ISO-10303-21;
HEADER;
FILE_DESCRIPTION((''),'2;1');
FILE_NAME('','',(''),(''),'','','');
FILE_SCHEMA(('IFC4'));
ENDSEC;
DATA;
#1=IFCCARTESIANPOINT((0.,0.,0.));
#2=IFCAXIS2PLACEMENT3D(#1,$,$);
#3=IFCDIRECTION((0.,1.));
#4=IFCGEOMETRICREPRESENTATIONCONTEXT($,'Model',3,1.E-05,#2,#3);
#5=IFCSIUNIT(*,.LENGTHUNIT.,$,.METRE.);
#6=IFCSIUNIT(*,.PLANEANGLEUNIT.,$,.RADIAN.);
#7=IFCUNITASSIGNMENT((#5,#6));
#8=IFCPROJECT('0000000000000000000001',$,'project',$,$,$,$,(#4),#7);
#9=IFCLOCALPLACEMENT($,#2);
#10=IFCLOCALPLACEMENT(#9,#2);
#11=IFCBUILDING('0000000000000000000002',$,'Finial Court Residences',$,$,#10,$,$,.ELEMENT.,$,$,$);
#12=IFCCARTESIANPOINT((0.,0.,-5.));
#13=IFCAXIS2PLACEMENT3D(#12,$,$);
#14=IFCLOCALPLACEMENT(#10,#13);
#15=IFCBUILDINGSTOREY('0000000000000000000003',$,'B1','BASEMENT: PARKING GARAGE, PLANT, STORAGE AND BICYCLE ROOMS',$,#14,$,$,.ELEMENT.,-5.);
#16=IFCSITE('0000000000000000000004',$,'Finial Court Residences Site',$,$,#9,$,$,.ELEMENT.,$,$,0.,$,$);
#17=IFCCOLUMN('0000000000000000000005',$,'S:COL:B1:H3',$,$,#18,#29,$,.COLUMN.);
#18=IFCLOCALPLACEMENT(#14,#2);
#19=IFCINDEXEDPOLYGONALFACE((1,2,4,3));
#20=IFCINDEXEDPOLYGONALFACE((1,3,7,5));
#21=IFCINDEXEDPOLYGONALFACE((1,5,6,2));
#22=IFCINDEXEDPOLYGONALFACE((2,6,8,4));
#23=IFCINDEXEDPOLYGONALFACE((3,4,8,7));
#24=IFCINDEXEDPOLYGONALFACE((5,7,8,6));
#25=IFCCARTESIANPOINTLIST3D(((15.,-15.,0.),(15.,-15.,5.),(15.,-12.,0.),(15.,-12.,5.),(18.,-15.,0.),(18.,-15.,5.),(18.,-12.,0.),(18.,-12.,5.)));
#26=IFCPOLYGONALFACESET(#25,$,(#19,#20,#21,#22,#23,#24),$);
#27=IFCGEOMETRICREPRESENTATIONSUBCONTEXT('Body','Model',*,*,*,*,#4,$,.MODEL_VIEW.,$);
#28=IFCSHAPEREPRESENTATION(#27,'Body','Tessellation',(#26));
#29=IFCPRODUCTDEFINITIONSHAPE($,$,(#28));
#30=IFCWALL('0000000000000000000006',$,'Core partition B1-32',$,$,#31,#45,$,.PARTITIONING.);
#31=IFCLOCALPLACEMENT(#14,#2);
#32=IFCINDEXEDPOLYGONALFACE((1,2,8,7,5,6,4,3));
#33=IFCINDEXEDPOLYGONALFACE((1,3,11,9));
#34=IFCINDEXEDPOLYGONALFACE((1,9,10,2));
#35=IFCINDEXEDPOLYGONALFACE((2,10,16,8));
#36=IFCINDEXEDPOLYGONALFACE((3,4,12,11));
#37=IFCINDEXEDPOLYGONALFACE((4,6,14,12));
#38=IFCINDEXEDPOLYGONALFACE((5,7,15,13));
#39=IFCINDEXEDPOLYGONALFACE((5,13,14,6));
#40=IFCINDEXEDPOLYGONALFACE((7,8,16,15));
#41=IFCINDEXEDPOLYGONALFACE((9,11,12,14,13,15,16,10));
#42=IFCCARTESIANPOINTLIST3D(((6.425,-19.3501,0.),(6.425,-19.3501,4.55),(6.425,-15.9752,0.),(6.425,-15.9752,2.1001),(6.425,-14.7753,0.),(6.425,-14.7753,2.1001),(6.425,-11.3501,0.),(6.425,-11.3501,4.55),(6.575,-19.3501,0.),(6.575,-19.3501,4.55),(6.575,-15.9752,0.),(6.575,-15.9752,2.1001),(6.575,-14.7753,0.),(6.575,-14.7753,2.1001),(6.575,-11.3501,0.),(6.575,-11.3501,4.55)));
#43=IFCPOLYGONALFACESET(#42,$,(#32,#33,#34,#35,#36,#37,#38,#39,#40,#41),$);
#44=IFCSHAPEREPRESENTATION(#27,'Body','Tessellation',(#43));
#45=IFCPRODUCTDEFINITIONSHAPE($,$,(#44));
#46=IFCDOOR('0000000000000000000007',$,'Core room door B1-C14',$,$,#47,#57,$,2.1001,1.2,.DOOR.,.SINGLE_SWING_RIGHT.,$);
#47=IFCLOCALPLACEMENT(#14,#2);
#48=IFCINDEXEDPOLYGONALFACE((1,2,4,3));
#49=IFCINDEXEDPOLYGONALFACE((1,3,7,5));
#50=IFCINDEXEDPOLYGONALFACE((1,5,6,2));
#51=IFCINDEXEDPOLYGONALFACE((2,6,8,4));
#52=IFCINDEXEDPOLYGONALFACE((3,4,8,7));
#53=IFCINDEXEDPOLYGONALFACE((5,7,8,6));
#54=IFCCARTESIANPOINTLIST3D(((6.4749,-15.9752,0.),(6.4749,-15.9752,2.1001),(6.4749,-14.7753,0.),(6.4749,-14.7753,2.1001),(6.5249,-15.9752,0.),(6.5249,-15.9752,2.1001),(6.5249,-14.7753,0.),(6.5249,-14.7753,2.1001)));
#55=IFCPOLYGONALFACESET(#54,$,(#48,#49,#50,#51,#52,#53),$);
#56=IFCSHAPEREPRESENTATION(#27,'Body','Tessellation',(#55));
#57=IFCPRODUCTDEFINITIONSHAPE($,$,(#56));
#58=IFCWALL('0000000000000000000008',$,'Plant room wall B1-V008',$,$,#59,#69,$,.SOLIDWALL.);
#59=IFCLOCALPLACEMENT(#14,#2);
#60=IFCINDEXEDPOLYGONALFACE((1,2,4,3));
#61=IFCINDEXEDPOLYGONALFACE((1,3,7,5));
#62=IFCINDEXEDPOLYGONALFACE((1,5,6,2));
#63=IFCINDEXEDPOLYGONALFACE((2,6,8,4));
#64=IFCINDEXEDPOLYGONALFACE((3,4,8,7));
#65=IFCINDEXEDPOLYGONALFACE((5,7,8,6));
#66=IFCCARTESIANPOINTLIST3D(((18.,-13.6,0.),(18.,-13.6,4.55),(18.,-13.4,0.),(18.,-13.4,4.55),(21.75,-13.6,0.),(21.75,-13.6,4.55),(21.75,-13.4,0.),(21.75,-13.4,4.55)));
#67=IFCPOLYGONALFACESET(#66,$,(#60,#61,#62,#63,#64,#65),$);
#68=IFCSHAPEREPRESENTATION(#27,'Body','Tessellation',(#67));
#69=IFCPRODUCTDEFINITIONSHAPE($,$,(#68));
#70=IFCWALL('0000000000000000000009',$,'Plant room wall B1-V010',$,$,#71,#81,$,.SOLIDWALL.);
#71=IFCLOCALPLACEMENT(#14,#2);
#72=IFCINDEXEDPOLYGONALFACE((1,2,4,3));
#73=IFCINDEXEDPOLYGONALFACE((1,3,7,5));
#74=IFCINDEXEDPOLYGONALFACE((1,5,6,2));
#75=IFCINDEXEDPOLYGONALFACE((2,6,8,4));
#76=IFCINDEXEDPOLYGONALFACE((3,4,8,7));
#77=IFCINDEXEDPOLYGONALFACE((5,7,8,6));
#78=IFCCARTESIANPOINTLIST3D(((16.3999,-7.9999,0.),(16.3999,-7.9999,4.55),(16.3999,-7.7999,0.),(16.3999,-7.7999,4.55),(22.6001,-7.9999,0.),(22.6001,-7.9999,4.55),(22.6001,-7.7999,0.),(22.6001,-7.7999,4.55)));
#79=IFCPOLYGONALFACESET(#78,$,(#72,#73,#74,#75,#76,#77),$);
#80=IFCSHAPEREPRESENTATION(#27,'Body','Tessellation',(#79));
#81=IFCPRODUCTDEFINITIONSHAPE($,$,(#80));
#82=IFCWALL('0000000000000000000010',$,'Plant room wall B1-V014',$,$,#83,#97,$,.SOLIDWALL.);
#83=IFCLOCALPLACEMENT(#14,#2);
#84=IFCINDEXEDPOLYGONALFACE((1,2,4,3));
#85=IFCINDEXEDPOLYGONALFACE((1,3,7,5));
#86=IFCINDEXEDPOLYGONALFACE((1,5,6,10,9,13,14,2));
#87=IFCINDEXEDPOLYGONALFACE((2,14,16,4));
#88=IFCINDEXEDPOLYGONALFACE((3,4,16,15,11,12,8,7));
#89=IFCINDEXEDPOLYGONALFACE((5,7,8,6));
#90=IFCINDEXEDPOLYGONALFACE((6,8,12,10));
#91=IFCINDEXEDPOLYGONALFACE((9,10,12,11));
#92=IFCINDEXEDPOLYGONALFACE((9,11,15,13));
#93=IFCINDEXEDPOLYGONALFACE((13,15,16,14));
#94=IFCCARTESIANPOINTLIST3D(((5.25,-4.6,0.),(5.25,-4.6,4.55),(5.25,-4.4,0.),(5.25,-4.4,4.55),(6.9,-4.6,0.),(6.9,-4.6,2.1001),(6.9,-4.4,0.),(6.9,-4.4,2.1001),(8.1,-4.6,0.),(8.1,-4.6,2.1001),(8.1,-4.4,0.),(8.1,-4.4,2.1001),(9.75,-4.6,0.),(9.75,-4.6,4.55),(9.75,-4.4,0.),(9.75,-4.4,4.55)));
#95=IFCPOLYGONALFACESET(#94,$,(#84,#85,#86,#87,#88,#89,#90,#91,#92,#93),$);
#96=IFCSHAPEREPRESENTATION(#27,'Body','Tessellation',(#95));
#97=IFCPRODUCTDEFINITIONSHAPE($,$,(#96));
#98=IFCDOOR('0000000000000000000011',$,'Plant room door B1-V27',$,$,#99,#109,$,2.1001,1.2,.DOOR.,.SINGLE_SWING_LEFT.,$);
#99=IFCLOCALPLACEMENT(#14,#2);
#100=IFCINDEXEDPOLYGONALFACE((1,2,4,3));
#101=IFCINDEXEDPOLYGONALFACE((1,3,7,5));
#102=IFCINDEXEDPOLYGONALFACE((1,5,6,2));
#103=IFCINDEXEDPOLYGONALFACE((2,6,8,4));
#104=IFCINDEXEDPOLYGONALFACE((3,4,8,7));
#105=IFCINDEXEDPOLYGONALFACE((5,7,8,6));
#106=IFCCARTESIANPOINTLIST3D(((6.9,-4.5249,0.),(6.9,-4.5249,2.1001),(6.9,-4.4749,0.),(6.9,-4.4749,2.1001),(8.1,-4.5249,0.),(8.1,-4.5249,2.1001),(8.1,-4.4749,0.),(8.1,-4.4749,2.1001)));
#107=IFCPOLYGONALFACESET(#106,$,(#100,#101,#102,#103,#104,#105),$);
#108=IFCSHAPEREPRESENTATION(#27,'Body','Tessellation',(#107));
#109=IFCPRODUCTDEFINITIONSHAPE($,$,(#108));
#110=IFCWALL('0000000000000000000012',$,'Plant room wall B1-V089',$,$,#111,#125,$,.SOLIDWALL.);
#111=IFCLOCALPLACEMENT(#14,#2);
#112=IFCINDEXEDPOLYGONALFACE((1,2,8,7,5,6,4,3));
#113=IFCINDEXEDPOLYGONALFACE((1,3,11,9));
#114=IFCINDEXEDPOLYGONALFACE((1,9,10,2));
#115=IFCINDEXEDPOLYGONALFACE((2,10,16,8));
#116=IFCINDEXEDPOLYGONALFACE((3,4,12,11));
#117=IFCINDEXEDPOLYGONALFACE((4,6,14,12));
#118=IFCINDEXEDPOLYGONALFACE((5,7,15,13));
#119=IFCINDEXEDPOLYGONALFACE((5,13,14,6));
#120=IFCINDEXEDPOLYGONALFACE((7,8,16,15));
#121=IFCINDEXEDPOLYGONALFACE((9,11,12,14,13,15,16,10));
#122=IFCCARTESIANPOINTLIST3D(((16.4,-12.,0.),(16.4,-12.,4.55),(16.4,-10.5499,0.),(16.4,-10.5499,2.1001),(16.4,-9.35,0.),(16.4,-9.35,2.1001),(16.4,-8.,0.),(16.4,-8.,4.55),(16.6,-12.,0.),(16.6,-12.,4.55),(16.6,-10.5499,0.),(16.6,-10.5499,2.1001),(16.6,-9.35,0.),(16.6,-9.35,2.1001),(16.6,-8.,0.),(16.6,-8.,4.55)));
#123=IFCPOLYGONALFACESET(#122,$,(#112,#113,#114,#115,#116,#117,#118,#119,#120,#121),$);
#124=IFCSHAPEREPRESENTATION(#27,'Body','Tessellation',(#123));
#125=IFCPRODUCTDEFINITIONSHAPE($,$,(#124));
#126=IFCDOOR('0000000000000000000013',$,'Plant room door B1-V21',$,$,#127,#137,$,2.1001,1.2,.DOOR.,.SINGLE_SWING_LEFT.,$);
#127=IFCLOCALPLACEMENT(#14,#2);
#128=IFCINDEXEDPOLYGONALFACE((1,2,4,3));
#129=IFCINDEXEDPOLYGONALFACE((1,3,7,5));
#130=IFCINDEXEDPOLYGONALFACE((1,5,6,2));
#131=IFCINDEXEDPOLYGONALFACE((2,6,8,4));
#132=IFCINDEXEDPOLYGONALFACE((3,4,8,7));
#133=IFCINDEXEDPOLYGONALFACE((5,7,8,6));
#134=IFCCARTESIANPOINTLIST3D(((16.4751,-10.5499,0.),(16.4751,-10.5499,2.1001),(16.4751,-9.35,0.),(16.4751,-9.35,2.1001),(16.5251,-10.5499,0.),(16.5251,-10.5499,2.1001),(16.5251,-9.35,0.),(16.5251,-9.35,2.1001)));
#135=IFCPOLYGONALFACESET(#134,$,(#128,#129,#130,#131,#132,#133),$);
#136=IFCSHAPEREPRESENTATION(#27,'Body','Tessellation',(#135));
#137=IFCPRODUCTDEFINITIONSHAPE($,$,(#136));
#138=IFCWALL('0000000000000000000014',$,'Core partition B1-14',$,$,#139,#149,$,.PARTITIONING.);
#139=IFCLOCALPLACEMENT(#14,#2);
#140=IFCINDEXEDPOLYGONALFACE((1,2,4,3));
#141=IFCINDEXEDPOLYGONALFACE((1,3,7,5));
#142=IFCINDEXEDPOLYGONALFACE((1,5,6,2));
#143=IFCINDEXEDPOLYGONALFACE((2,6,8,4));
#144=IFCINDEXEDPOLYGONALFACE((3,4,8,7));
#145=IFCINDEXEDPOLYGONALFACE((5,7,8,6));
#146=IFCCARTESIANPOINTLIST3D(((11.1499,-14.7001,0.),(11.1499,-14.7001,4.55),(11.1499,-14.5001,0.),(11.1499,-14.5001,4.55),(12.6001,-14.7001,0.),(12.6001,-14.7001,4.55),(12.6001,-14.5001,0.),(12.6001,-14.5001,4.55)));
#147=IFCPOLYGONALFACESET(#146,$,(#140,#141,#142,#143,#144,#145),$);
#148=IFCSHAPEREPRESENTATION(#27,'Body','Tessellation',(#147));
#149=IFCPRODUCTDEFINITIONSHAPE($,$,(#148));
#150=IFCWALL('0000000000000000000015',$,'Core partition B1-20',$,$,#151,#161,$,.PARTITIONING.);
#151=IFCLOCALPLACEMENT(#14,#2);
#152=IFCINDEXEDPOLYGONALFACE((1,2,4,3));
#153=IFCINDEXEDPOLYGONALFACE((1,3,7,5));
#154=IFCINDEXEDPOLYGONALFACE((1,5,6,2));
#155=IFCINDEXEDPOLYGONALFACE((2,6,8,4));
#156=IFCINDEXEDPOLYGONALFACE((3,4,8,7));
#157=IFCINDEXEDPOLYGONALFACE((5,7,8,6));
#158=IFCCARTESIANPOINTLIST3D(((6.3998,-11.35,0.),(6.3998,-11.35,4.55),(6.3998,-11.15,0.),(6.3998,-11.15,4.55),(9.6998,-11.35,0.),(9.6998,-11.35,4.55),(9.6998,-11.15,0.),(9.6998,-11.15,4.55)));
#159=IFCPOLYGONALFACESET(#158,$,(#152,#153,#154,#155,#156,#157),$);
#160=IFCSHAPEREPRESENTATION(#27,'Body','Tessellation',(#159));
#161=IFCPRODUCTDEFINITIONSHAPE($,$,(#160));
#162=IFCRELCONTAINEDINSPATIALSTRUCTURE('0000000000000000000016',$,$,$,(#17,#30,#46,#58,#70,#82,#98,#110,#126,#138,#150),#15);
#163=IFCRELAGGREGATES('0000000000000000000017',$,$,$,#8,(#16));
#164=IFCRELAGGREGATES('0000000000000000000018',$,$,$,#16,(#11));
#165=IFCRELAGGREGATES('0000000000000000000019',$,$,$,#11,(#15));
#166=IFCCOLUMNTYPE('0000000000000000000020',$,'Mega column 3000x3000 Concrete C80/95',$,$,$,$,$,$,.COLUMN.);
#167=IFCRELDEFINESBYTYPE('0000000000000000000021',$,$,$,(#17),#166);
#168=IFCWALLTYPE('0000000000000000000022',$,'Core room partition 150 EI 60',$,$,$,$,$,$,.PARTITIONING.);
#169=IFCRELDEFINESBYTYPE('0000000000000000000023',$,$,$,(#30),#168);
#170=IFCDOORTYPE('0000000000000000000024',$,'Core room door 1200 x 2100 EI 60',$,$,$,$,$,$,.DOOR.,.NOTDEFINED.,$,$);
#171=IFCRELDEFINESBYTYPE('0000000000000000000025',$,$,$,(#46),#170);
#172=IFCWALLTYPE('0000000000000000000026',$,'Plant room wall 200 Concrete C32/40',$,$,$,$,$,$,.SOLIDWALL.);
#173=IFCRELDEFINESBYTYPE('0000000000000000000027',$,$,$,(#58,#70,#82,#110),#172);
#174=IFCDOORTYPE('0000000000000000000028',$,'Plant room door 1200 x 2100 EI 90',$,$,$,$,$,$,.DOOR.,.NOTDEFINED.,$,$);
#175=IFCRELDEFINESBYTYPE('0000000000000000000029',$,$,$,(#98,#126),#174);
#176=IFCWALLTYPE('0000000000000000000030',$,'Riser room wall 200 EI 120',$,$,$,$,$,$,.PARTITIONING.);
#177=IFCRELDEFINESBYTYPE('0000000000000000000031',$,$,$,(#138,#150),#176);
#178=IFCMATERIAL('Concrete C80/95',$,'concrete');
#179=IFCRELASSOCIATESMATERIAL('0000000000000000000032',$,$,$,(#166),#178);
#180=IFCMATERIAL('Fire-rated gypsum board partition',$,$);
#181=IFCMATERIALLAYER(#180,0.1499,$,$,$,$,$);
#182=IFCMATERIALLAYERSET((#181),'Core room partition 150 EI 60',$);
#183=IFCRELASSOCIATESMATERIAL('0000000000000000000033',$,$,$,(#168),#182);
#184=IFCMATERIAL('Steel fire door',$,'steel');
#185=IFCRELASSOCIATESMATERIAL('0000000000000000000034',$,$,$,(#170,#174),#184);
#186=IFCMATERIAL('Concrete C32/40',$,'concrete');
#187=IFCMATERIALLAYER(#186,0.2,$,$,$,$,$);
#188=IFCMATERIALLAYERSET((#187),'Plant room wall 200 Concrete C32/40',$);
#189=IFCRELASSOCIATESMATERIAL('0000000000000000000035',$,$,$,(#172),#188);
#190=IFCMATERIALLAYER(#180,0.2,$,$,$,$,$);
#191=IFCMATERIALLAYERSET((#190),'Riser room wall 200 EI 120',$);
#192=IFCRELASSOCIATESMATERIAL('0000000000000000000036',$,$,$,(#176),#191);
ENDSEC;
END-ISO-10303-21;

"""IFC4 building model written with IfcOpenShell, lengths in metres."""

from ifc_helpers import new_model, si_unit, direction, frame, frame_2d, origin, origin_2d, place, context, subcontext, project, spatial, rectangle, extrude, material, layer, layer_set, material_profile, profile_set, type_object, element, fill, save


model = new_model("IFC4")

# Units and contexts
model_context = context("Model", 3, precision=1e-05, world=origin(), true_north=direction((0.0, 1.0)))
body_context = subcontext(model_context, "Body", "Model", "MODEL_VIEW")
ifc_project = project(units=[si_unit("LENGTHUNIT", "METRE"), si_unit("PLANEANGLEUNIT", "RADIAN")], contexts=[model_context])

# Site, building, storey
site_placement = place(None, origin())
site = spatial("IfcSite", under=ifc_project, at=site_placement, Name="Finial Court Residences Site", CompositionType="ELEMENT", RefElevation=0.0)
building_placement = place(site_placement, origin())
building = spatial("IfcBuilding", under=site, at=building_placement, Name="Finial Court Residences", CompositionType="ELEMENT")
storey_placement = place(building_placement, frame((0.0, 0.0, -5.0)))
storey = spatial("IfcBuildingStorey", under=building, at=storey_placement, Name="B1", Description="BASEMENT: PARKING GARAGE, PLANT, STORAGE AND BICYCLE ROOMS", CompositionType="ELEMENT", Elevation=-5.0)

# Column
ifc_material_1 = material(Name="Concrete C80/95", Category="concrete")
ifc_material_profile_1 = material_profile(ifc_material_1, rectangle(XDim=3.0, YDim=3.0, at=origin_2d()), Name="3000x3000")
ifc_profile_set_1 = profile_set([ifc_material_profile_1], Name="Concrete C80/95")
column_type_1 = type_object("IfcColumnType", Name="Mega column 3000x3000 Concrete C80/95", PredefinedType="COLUMN", material=ifc_profile_set_1)
column_1_placement = place(storey_placement, frame((16.5, -13.5, 0.0), z_axis=(0.0, 0.0, 1.0), x_axis=(1.0, 0.0, 0.0)))
element("IfcColumn", 1, at=column_1_placement, inside=storey, type_object=column_type_1, Name="S:COL:B1:H3", PredefinedType="COLUMN", context=body_context, shape_type="SweptSolid", body=[
    extrude(rectangle(XDim=3.0, YDim=3.0, at=origin_2d()), origin(), (0.0, 0.0, 1.0), 5.0),
])

# Wall, opening, door
ifc_material_2 = material(Name="Fire-rated gypsum board partition")
ifc_layer_1 = layer(ifc_material_2, 0.1499)
ifc_layer_set_1 = layer_set([ifc_layer_1], Name="Core room partition 150 EI 60")
wall_type_1 = type_object("IfcWallType", Name="Core room partition 150 EI 60", PredefinedType="PARTITIONING", material=ifc_layer_set_1)
wall_1_placement = place(storey_placement, frame((6.5, -11.3501, 0.0), z_axis=(0.0, 0.0, 1.0), x_axis=(0.0, -1.0, 0.0)))
wall_1 = element("IfcWall", 2, at=wall_1_placement, inside=storey, type_object=wall_type_1, Name="Core partition B1-32", PredefinedType="PARTITIONING", context=body_context, shape_type="SweptSolid", body=[
    extrude(rectangle(XDim=8.0, YDim=0.1499, at=frame_2d((4.0, 0.0))), origin(), (0.0, 0.0, 1.0), 4.55),
])
opening_1_placement = place(wall_1_placement, frame((3.425, 0.0, 0.0)))
opening_1 = element("IfcOpeningElement", 3, at=opening_1_placement, cuts=wall_1, PredefinedType="OPENING", context=body_context, shape_type="SweptSolid", body=[
    extrude(rectangle(XDim=1.2, YDim=2.1001, at=frame_2d((0.6001, 1.05))), frame((0.0, 0.085, 0.0), z_axis=(0.0, -1.0, 0.0), x_axis=(1.0, 0.0, 0.0)), (0.0, 0.0, 1.0), 0.1699),
])
ifc_material_3 = material(Name="Steel fire door", Category="steel")
door_type_1 = type_object("IfcDoorType", Name="Core room door 1200 x 2100 EI 60", OperationType="NOTDEFINED", PredefinedType="DOOR", material=ifc_material_3)
door_1_placement = place(opening_1_placement, origin())
door_1 = element("IfcDoor", 4, at=door_1_placement, inside=storey, type_object=door_type_1, Name="Core room door B1-C14", OperationType="SINGLE_SWING_RIGHT", OverallHeight=2.1001, OverallWidth=1.2, PredefinedType="DOOR", context=body_context, shape_type="SweptSolid", body=[
    extrude(rectangle(XDim=1.2, YDim=2.1001, at=frame_2d((0.6001, 1.05))), frame((0.0, 0.0249, 0.0), z_axis=(0.0, -1.0, 0.0), x_axis=(1.0, 0.0, 0.0)), (0.0, 0.0, 1.0), 0.05),
])
fill(opening_1, door_1)

# Walls
ifc_material_4 = material(Name="Concrete C32/40", Category="concrete")
ifc_layer_2 = layer(ifc_material_4, 0.2)
ifc_layer_set_2 = layer_set([ifc_layer_2], Name="Plant room wall 200 Concrete C32/40")
wall_type_2 = type_object("IfcWallType", Name="Plant room wall 200 Concrete C32/40", PredefinedType="SOLIDWALL", material=ifc_layer_set_2)
wall_2_placement = place(storey_placement, frame((18.0, -13.5, 0.0), z_axis=(0.0, 0.0, 1.0), x_axis=(1.0, 0.0, 0.0)))
element("IfcWall", 5, at=wall_2_placement, inside=storey, type_object=wall_type_2, Name="Plant room wall B1-V008", PredefinedType="SOLIDWALL", context=body_context, shape_type="SweptSolid", body=[
    extrude(rectangle(XDim=3.75, YDim=0.2, at=frame_2d((1.875, 0.0))), origin(), (0.0, 0.0, 1.0), 4.55),
])
wall_3_placement = place(storey_placement, frame((16.3999, -7.8999, 0.0), z_axis=(0.0, 0.0, 1.0), x_axis=(1.0, 0.0, 0.0)))
element("IfcWall", 6, at=wall_3_placement, inside=storey, type_object=wall_type_2, Name="Plant room wall B1-V010", PredefinedType="SOLIDWALL", context=body_context, shape_type="SweptSolid", body=[
    extrude(rectangle(XDim=6.2002, YDim=0.2, at=frame_2d((3.1001, 0.0))), origin(), (0.0, 0.0, 1.0), 4.55),
])

# Walls, openings, doors
wall_4_placement = place(storey_placement, frame((9.75, -4.5, 0.0), z_axis=(0.0, 0.0, 1.0), x_axis=(-1.0, 0.0, 0.0)))
wall_4 = element("IfcWall", 7, at=wall_4_placement, inside=storey, type_object=wall_type_2, Name="Plant room wall B1-V014", PredefinedType="SOLIDWALL", context=body_context, shape_type="SweptSolid", body=[
    extrude(rectangle(XDim=4.5, YDim=0.2, at=frame_2d((2.25, 0.0))), origin(), (0.0, 0.0, 1.0), 4.55),
])
opening_2_placement = place(wall_4_placement, frame((1.6499, 0.0, 0.0)))
opening_2 = element("IfcOpeningElement", 8, at=opening_2_placement, cuts=wall_4, PredefinedType="OPENING", context=body_context, shape_type="SweptSolid", body=[
    extrude(rectangle(XDim=1.2, YDim=2.1001, at=frame_2d((0.6001, 1.05))), frame((0.0, 0.1099, 0.0), z_axis=(0.0, -1.0, 0.0), x_axis=(1.0, 0.0, 0.0)), (0.0, 0.0, 1.0), 0.22),
])
door_type_2 = type_object("IfcDoorType", Name="Plant room door 1200 x 2100 EI 90", OperationType="NOTDEFINED", PredefinedType="DOOR", material=ifc_material_3)
door_2_placement = place(opening_2_placement, origin())
door_2 = element("IfcDoor", 9, at=door_2_placement, inside=storey, type_object=door_type_2, Name="Plant room door B1-V27", OperationType="SINGLE_SWING_LEFT", OverallHeight=2.1001, OverallWidth=1.2, PredefinedType="DOOR", context=body_context, shape_type="SweptSolid", body=[
    extrude(rectangle(XDim=1.2, YDim=2.1001, at=frame_2d((0.6001, 1.05))), frame((0.0, 0.0249, 0.0), z_axis=(0.0, -1.0, 0.0), x_axis=(1.0, 0.0, 0.0)), (0.0, 0.0, 1.0), 0.05),
])
fill(opening_2, door_2)
wall_5_placement = place(storey_placement, frame((16.5, -12.0, 0.0), z_axis=(0.0, 0.0, 1.0), x_axis=(0.0, 1.0, 0.0)))
wall_5 = element("IfcWall", 10, at=wall_5_placement, inside=storey, type_object=wall_type_2, Name="Plant room wall B1-V089", PredefinedType="SOLIDWALL", context=body_context, shape_type="SweptSolid", body=[
    extrude(rectangle(XDim=4.0, YDim=0.2, at=frame_2d((2.0, 0.0))), origin(), (0.0, 0.0, 1.0), 4.55),
])
opening_3_placement = place(wall_5_placement, frame((1.45, 0.0, 0.0)))
opening_3 = element("IfcOpeningElement", 11, at=opening_3_placement, cuts=wall_5, PredefinedType="OPENING", context=body_context, shape_type="SweptSolid", body=[
    extrude(rectangle(XDim=1.2, YDim=2.1001, at=frame_2d((0.6001, 1.05))), frame((0.0, 0.1099, 0.0), z_axis=(0.0, -1.0, 0.0), x_axis=(1.0, 0.0, 0.0)), (0.0, 0.0, 1.0), 0.22),
])
door_3_placement = place(opening_3_placement, origin())
door_3 = element("IfcDoor", 12, at=door_3_placement, inside=storey, type_object=door_type_2, Name="Plant room door B1-V21", OperationType="SINGLE_SWING_LEFT", OverallHeight=2.1001, OverallWidth=1.2, PredefinedType="DOOR", context=body_context, shape_type="SweptSolid", body=[
    extrude(rectangle(XDim=1.2, YDim=2.1001, at=frame_2d((0.6001, 1.05))), frame((0.0, 0.0249, 0.0), z_axis=(0.0, -1.0, 0.0), x_axis=(1.0, 0.0, 0.0)), (0.0, 0.0, 1.0), 0.05),
])
fill(opening_3, door_3)

# Walls
ifc_layer_3 = layer(ifc_material_2, 0.2)
ifc_layer_set_3 = layer_set([ifc_layer_3], Name="Riser room wall 200 EI 120")
wall_type_3 = type_object("IfcWallType", Name="Riser room wall 200 EI 120", PredefinedType="PARTITIONING", material=ifc_layer_set_3)
wall_6_placement = place(storey_placement, frame((11.1499, -14.6001, 0.0), z_axis=(0.0, 0.0, 1.0), x_axis=(1.0, 0.0, 0.0)))
element("IfcWall", 13, at=wall_6_placement, inside=storey, type_object=wall_type_3, Name="Core partition B1-14", PredefinedType="PARTITIONING", context=body_context, shape_type="SweptSolid", body=[
    extrude(rectangle(XDim=1.4502, YDim=0.2, at=frame_2d((0.7251, 0.0))), origin(), (0.0, 0.0, 1.0), 4.55),
])
wall_7_placement = place(storey_placement, frame((6.3999, -11.25, 0.0), z_axis=(0.0, 0.0, 1.0), x_axis=(1.0, 0.0, 0.0)))
element("IfcWall", 14, at=wall_7_placement, inside=storey, type_object=wall_type_3, Name="Core partition B1-20", PredefinedType="PARTITIONING", context=body_context, shape_type="SweptSolid", body=[
    extrude(rectangle(XDim=3.3, YDim=0.2, at=frame_2d((1.6499, 0.0))), origin(), (0.0, 0.0, 1.0), 4.55),
])

save(model, "model.ifc")
